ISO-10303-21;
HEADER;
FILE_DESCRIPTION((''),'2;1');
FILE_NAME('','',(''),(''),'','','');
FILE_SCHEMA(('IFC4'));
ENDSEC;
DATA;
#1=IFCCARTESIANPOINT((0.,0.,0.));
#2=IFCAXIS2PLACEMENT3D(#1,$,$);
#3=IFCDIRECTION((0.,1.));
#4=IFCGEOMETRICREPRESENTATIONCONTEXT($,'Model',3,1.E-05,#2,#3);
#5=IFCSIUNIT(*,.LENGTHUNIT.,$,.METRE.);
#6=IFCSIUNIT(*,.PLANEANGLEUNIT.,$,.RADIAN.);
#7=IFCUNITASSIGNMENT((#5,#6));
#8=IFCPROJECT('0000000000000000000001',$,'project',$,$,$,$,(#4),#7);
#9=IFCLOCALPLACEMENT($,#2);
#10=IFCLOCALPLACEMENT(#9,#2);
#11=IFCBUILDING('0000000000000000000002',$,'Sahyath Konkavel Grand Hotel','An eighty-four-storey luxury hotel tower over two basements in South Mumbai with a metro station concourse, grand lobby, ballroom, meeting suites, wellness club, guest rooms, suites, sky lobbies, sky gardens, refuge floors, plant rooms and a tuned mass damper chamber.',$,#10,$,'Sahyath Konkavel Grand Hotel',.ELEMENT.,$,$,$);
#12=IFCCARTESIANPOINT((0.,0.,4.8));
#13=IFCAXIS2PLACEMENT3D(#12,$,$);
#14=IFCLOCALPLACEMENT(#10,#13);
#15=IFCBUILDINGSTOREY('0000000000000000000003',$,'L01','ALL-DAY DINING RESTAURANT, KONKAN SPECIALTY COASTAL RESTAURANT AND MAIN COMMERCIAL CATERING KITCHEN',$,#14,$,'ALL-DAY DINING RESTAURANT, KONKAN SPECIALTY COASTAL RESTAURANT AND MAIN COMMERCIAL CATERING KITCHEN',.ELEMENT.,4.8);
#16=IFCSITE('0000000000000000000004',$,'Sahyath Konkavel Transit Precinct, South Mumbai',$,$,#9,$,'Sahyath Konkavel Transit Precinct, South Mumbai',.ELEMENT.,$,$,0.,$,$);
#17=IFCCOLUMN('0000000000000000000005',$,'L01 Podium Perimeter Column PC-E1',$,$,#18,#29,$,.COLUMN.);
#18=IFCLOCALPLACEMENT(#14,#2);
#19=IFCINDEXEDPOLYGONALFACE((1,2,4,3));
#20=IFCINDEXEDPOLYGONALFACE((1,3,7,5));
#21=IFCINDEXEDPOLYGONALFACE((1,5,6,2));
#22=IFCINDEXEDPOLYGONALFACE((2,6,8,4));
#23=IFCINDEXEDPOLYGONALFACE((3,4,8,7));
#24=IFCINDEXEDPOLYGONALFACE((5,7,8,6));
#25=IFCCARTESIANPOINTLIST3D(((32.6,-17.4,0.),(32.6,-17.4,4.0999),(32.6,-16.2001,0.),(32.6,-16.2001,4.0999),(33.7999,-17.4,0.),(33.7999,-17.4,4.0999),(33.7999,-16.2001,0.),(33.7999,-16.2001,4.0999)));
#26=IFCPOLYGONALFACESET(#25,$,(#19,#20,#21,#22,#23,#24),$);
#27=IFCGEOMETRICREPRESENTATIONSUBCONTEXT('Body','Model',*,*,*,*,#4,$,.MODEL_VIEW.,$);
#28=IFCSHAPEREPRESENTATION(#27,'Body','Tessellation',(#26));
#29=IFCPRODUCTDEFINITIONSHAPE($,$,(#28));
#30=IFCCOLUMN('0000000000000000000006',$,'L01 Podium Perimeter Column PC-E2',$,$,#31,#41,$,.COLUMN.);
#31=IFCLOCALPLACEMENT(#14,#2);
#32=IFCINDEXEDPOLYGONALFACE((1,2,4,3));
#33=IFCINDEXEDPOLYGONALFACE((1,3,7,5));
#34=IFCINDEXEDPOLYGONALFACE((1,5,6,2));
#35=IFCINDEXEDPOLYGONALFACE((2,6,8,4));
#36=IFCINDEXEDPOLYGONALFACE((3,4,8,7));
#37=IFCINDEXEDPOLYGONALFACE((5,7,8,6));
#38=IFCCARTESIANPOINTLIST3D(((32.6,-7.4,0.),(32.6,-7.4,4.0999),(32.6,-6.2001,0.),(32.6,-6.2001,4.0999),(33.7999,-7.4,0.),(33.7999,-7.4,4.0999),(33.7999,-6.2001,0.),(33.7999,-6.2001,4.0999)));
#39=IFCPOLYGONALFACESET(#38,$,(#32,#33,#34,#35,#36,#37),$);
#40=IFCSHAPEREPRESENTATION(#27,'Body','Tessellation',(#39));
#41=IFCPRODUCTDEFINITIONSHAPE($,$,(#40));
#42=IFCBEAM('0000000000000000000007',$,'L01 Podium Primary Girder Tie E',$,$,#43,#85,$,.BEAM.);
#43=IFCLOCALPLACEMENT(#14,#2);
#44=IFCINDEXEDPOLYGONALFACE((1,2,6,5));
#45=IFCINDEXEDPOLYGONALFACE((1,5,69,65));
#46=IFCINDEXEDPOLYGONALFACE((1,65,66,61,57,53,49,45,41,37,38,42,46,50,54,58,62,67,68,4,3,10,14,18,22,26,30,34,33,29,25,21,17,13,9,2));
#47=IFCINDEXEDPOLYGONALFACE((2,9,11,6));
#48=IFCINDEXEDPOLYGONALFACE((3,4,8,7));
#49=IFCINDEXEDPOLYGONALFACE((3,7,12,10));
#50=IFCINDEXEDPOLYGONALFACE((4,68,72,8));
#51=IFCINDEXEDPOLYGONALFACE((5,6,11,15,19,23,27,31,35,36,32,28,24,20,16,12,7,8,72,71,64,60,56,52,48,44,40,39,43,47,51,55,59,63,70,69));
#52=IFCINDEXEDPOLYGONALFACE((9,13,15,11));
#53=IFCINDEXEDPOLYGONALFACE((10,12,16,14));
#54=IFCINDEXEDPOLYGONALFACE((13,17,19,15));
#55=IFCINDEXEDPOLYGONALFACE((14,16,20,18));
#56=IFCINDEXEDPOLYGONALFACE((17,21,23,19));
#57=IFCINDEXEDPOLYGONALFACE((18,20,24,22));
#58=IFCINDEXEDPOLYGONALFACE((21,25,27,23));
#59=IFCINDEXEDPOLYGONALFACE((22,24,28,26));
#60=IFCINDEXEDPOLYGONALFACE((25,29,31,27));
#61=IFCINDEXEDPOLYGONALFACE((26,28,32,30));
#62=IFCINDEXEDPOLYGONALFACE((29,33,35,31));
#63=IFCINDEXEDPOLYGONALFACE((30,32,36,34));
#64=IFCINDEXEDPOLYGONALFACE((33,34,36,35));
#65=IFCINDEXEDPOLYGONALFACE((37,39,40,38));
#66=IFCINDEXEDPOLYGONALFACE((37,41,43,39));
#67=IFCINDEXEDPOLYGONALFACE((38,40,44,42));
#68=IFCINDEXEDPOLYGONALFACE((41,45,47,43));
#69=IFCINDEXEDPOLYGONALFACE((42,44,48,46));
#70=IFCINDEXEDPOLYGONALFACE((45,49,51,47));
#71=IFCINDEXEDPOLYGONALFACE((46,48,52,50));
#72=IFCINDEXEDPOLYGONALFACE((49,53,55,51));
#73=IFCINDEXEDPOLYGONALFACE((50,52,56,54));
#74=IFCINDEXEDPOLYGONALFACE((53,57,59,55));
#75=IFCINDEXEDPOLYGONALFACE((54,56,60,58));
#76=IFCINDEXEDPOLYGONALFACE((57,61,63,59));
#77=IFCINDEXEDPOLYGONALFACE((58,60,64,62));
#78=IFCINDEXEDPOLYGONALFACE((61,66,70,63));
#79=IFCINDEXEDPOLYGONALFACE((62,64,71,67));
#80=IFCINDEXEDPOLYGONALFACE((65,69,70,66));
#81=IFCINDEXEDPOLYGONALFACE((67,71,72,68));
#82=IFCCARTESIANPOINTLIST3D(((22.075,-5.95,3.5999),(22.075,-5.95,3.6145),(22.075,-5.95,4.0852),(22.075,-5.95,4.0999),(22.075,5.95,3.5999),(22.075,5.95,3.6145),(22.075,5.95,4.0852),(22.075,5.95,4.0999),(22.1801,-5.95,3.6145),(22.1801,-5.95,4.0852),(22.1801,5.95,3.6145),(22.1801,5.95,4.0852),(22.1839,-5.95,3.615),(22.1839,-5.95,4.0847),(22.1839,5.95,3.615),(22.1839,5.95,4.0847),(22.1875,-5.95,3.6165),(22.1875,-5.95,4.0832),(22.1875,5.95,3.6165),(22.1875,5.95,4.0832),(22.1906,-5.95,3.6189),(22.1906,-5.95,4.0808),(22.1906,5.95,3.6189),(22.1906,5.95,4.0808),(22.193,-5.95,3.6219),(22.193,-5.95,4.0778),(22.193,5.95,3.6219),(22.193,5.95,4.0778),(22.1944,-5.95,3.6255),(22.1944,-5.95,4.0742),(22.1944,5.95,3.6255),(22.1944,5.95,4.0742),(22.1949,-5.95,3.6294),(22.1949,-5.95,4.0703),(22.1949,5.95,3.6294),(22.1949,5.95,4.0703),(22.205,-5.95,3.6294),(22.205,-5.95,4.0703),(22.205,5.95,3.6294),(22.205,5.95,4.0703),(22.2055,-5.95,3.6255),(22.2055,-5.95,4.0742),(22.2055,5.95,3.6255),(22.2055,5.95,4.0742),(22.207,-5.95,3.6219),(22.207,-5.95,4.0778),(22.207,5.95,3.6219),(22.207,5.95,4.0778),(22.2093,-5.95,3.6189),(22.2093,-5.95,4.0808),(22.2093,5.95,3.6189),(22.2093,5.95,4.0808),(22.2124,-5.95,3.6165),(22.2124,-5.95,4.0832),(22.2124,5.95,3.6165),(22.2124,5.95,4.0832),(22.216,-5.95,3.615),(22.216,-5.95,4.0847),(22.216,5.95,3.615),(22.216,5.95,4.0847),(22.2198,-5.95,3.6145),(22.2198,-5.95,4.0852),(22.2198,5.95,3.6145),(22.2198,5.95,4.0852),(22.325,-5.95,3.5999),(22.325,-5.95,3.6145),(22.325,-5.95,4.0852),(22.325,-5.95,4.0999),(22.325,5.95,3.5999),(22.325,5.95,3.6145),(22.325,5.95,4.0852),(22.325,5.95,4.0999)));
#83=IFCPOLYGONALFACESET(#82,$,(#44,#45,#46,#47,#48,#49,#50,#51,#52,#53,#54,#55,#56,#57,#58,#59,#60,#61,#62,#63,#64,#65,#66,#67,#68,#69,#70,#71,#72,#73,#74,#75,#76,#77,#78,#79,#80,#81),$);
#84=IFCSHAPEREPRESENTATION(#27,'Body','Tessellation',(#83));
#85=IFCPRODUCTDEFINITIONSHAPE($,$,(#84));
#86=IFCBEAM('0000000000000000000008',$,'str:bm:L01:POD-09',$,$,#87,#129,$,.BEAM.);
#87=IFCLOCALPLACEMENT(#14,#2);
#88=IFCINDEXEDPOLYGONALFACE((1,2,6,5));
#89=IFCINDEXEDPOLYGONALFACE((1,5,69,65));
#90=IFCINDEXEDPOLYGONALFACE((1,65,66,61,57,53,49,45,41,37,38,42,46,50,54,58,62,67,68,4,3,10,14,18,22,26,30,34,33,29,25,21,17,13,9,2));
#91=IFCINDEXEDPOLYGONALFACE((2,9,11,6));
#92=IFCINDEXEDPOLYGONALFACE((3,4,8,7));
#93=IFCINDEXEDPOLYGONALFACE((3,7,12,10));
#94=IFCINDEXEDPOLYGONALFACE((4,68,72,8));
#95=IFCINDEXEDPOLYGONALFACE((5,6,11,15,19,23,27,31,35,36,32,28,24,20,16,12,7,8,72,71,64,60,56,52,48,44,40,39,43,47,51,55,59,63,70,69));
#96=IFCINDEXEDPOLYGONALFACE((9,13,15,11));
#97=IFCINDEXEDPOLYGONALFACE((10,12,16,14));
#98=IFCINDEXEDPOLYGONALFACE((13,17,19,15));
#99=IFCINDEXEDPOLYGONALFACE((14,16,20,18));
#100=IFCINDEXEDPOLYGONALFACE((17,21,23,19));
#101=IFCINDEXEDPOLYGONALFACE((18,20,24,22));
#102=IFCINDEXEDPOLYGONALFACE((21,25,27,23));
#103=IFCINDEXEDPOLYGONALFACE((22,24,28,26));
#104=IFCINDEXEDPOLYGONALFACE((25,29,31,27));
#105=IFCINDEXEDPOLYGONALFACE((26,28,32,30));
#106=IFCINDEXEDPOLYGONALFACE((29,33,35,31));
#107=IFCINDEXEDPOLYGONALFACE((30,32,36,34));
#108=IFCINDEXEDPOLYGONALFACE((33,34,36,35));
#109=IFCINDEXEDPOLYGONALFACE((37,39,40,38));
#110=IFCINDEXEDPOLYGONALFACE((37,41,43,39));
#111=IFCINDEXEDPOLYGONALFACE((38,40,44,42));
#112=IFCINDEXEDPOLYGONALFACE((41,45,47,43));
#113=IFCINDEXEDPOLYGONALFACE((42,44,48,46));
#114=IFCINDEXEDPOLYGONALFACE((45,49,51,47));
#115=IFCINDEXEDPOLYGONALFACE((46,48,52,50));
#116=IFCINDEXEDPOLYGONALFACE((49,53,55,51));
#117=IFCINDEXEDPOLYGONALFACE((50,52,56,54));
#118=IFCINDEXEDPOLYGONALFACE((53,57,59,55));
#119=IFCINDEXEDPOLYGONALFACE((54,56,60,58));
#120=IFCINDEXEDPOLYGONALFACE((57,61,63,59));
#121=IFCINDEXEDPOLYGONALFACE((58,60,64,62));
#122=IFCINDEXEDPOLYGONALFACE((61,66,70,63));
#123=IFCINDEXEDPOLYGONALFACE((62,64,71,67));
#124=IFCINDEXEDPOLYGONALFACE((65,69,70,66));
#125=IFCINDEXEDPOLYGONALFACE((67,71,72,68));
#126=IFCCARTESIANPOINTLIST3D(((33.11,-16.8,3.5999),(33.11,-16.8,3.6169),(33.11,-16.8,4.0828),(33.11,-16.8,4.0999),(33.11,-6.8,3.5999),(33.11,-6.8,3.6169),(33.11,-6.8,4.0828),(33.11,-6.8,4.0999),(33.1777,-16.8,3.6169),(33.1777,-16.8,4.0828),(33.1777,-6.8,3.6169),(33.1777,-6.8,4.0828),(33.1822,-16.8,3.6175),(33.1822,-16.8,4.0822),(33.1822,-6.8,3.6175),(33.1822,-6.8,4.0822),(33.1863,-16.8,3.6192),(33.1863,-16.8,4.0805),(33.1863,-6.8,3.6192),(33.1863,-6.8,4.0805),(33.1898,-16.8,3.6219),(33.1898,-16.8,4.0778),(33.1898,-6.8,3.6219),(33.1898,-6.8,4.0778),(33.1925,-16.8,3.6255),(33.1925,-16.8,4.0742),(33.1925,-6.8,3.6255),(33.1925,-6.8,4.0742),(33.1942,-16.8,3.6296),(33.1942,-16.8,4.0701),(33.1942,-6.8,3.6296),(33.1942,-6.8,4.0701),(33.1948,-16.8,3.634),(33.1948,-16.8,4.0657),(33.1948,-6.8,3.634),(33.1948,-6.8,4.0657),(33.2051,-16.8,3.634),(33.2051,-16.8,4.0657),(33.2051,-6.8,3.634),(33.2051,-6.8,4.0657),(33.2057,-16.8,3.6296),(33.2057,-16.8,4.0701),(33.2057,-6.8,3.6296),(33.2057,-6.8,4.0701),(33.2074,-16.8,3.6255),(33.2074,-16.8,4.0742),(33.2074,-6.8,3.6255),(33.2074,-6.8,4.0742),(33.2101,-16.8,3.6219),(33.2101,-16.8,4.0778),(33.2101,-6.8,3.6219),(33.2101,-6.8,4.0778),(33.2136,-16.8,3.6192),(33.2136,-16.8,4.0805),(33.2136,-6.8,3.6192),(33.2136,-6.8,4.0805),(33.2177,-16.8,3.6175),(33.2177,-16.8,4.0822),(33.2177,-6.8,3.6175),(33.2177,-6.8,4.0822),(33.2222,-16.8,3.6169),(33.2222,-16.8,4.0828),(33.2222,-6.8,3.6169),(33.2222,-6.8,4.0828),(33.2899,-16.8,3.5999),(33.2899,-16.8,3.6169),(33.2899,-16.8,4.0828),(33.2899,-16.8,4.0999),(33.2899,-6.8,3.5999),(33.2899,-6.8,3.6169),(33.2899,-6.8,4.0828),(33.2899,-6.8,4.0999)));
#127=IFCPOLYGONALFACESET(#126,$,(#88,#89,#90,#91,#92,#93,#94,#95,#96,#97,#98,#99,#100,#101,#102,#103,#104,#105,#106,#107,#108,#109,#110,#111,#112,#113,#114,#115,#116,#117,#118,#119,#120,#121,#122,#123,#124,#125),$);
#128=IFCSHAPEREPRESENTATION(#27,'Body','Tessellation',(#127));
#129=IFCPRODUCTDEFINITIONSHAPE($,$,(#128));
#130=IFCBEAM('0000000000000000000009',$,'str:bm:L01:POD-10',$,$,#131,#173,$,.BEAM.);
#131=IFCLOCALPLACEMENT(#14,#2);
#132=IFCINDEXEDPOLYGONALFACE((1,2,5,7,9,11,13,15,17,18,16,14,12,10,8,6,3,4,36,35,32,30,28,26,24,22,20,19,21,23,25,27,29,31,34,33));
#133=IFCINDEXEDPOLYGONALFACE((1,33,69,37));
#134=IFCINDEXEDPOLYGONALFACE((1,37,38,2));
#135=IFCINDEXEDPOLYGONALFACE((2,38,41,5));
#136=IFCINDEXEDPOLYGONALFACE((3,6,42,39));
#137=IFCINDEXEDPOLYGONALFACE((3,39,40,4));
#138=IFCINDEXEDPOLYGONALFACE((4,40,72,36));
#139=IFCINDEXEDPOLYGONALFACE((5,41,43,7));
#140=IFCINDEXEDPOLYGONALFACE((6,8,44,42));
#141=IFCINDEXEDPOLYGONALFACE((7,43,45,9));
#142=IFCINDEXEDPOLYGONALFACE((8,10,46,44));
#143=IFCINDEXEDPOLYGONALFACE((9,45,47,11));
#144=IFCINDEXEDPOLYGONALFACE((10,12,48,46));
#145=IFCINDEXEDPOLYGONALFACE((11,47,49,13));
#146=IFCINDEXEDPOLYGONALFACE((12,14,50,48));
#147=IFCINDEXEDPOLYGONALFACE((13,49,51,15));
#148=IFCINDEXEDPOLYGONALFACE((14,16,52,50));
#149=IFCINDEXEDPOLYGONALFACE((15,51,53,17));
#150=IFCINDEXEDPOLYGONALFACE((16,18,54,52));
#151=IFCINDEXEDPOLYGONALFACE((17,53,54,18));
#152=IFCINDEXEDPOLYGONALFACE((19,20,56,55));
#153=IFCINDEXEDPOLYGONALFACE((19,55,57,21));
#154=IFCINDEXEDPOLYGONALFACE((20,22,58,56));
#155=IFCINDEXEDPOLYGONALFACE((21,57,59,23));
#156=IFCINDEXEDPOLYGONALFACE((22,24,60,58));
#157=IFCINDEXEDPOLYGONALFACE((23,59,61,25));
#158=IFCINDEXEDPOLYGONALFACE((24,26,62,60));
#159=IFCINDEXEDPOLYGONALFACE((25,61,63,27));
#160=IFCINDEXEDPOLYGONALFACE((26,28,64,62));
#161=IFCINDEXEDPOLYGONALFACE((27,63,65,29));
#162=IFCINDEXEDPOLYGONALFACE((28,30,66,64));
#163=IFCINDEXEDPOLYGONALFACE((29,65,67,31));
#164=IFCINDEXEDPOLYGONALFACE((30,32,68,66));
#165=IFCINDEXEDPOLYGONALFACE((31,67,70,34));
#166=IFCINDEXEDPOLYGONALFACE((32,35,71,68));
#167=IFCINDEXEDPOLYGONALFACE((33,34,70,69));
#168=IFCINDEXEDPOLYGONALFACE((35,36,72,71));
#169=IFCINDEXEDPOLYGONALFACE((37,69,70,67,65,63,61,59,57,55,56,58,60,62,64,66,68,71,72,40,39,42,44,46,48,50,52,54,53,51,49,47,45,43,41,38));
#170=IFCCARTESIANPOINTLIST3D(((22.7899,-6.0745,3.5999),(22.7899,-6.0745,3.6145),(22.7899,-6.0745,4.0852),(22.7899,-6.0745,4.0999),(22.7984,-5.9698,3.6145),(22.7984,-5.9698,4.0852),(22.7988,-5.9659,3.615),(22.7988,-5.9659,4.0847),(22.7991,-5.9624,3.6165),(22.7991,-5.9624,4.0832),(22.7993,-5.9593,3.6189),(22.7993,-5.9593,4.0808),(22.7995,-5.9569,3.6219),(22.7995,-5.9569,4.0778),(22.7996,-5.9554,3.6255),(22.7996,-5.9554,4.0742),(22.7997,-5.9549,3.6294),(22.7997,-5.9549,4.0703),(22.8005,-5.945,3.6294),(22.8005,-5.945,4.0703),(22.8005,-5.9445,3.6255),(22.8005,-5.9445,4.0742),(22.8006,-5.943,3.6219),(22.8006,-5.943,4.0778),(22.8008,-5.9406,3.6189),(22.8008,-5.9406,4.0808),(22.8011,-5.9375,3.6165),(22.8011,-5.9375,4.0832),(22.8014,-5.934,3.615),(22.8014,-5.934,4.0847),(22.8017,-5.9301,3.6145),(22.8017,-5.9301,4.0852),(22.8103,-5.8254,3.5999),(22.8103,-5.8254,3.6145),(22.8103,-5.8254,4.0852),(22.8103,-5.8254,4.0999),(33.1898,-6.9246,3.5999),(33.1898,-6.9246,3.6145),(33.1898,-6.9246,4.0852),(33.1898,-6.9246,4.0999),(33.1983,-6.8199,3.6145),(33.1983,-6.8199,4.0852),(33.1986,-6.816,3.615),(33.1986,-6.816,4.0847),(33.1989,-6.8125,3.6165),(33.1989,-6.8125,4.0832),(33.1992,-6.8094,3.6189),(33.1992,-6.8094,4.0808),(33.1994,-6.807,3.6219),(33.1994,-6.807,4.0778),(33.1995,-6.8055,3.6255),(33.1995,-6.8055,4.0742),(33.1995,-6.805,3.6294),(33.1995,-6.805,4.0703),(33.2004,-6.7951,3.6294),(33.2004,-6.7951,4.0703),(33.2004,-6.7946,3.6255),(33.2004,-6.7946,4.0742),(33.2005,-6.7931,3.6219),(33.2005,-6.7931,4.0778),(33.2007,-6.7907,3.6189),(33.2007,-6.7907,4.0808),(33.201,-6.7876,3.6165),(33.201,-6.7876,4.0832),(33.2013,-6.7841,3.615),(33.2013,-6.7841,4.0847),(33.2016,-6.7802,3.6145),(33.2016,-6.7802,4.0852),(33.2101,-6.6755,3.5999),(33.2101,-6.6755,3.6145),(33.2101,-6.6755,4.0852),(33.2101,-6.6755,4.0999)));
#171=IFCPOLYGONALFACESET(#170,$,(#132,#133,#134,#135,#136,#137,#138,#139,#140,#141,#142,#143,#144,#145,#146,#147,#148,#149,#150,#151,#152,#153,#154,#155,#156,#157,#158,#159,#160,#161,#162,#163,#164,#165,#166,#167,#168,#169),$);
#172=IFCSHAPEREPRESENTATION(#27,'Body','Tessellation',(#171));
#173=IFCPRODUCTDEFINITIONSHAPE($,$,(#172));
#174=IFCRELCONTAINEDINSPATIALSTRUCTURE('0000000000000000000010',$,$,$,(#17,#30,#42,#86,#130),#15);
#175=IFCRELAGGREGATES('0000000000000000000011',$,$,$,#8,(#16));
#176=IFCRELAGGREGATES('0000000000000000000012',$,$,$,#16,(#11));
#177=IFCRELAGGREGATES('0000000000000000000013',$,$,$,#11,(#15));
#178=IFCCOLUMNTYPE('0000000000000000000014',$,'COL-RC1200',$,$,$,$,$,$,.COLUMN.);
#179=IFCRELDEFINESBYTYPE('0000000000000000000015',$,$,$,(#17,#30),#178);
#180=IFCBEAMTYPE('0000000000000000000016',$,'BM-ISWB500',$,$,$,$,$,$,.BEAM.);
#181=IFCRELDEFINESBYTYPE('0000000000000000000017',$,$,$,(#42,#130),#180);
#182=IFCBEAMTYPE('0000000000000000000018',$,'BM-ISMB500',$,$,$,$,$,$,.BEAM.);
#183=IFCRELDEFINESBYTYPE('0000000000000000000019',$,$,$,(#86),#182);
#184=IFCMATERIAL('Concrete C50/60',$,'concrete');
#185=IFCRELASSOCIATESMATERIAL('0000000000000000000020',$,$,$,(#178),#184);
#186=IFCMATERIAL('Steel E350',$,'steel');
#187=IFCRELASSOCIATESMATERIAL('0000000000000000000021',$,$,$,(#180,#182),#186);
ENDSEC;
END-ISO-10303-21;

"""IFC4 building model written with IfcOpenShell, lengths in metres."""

from ifc_helpers import new_model, si_unit, direction, frame, origin, origin_2d, place, context, subcontext, project, spatial, rectangle, i_section, extrude, source, transform, mapped, material, material_profile, profile_set, type_object, element, save


model = new_model("IFC4")

# Units and contexts
model_context = context("Model", 3, precision=1e-05, world=origin(), true_north=direction((0.0, 1.0)))
body_context = subcontext(model_context, "Body", "Model", "MODEL_VIEW")
ifc_project = project(units=[si_unit("LENGTHUNIT", "METRE"), si_unit("PLANEANGLEUNIT", "RADIAN")], contexts=[model_context])

# Site, building, storey
site_placement = place(None, origin())
site = spatial("IfcSite", under=ifc_project, at=site_placement, Name="Sahyath Konkavel Transit Precinct, South Mumbai", LongName="Sahyath Konkavel Transit Precinct, South Mumbai", CompositionType="ELEMENT", RefElevation=0.0)
building_placement = place(site_placement, origin())
building = spatial("IfcBuilding", under=site, at=building_placement, Name="Sahyath Konkavel Grand Hotel", Description="An eighty-four-storey luxury hotel tower over two basements in South Mumbai with a metro station concourse, grand lobby, ballroom, meeting suites, wellness club, guest rooms, suites, sky lobbies, sky gardens, refuge floors, plant rooms and a tuned mass damper chamber.", LongName="Sahyath Konkavel Grand Hotel", CompositionType="ELEMENT")
storey_placement = place(building_placement, frame((0.0, 0.0, 4.8)))
storey = spatial("IfcBuildingStorey", under=building, at=storey_placement, Name="L01", Description="ALL-DAY DINING RESTAURANT, KONKAN SPECIALTY COASTAL RESTAURANT AND MAIN COMMERCIAL CATERING KITCHEN", LongName="ALL-DAY DINING RESTAURANT, KONKAN SPECIALTY COASTAL RESTAURANT AND MAIN COMMERCIAL CATERING KITCHEN", CompositionType="ELEMENT", Elevation=4.8)

# Columns
ifc_material_1 = material(Name="Concrete C50/60", Category="concrete")
ifc_material_profile_1 = material_profile(ifc_material_1, rectangle(XDim=1.2, YDim=1.2, at=origin_2d()), Name="RC 1200x1200")
ifc_profile_set_1 = profile_set([ifc_material_profile_1], Name="Concrete C50/60")
column_type = type_object("IfcColumnType", Name="COL-RC1200", PredefinedType="COLUMN", material=ifc_profile_set_1)
shared_shape_1 = source(origin(), body_context, "Body", "SweptSolid", [
    extrude(rectangle(XDim=1.2, YDim=1.2, at=origin_2d()), origin(), (0.0, 0.0, 1.0), 4.0999),
])
for number, where, z_axis, x_axis, name in (
    (1, (33.2, -16.8, 0.0), (0.0, 0.0, 1.0), (1.0, 0.0, 0.0), "L01 Podium Perimeter Column PC-E1"),
    (2, (33.2, -6.8, 0.0), (0.0, 0.0, 1.0), (1.0, 0.0, 0.0), "L01 Podium Perimeter Column PC-E2"),
):
    element("IfcColumn", number, at=place(storey_placement, frame(where, z_axis=z_axis, x_axis=x_axis)), inside=storey, type_object=column_type, Name=name, PredefinedType="COLUMN", context=body_context, shape_type="MappedRepresentation", body=[
        mapped(shared_shape_1, transform((0.0, 0.0, 0.0), scale=1.0)),
    ])

# Beams
ifc_material_2 = material(Name="Steel E350", Category="steel")
ifc_material_profile_2 = material_profile(ifc_material_2, i_section(OverallWidth=0.25, OverallDepth=0.5, WebThickness=0.01, FlangeThickness=0.0146, FilletRadius=0.0149, at=origin_2d()), Name="ISWB 500")
ifc_profile_set_2 = profile_set([ifc_material_profile_2], Name="Steel E350")
beam_type_1 = type_object("IfcBeamType", Name="BM-ISWB500", PredefinedType="BEAM", material=ifc_profile_set_2)
shared_shape_2 = source(origin(), body_context, "Body", "SweptSolid", [
    extrude(i_section(OverallWidth=0.25, OverallDepth=0.5, WebThickness=0.01, FlangeThickness=0.0146, FilletRadius=0.0149, at=origin_2d()), origin(), (0.0, 0.0, 1.0), 11.8999),
])
beam_1_placement = place(storey_placement, frame((22.2, -5.95, 3.8499), z_axis=(0.0, 1.0, 0.0), x_axis=(-1.0, 0.0, 0.0)))
element("IfcBeam", 3, at=beam_1_placement, inside=storey, type_object=beam_type_1, Name="L01 Podium Primary Girder Tie E", PredefinedType="BEAM", context=body_context, shape_type="MappedRepresentation", body=[
    mapped(shared_shape_2, transform((0.0, 0.0, 0.0), scale=1.0)),
])
ifc_material_profile_3 = material_profile(ifc_material_2, i_section(OverallWidth=0.1799, OverallDepth=0.5, WebThickness=0.0103, FlangeThickness=0.0171, FilletRadius=0.0171, at=origin_2d()), Name="ISMB 500")
ifc_profile_set_3 = profile_set([ifc_material_profile_3], Name="Steel E350")
beam_type_2 = type_object("IfcBeamType", Name="BM-ISMB500", PredefinedType="BEAM", material=ifc_profile_set_3)
shared_shape_3 = source(origin(), body_context, "Body", "SweptSolid", [
    extrude(i_section(OverallWidth=0.1799, OverallDepth=0.5, WebThickness=0.0103, FlangeThickness=0.0171, FilletRadius=0.0171, at=origin_2d()), origin(), (0.0, 0.0, 1.0), 10.0),
])
beam_2_placement = place(storey_placement, frame((33.2, -16.8, 3.8499), z_axis=(0.0, 1.0, 0.0), x_axis=(-1.0, 0.0, 0.0)))
element("IfcBeam", 4, at=beam_2_placement, inside=storey, type_object=beam_type_2, Name="str:bm:L01:POD-09", PredefinedType="BEAM", context=body_context, shape_type="MappedRepresentation", body=[
    mapped(shared_shape_3, transform((0.0, 0.0, 0.0), scale=1.0)),
])
shared_shape_4 = source(origin(), body_context, "Body", "SweptSolid", [
    extrude(i_section(OverallWidth=0.25, OverallDepth=0.5, WebThickness=0.01, FlangeThickness=0.0146, FilletRadius=0.0149, at=origin_2d()), origin(), (0.0, 0.0, 1.0), 10.4346),
])
beam_3_placement = place(storey_placement, frame((33.2, -6.8, 3.8499), z_axis=(-0.996676, 0.081469, 0.0), x_axis=(-0.081469, -0.996676, 0.0)))
element("IfcBeam", 5, at=beam_3_placement, inside=storey, type_object=beam_type_1, Name="str:bm:L01:POD-10", PredefinedType="BEAM", context=body_context, shape_type="MappedRepresentation", body=[
    mapped(shared_shape_4, transform((0.0, 0.0, 0.0), scale=1.0)),
])

save(model, "model.ifc")
